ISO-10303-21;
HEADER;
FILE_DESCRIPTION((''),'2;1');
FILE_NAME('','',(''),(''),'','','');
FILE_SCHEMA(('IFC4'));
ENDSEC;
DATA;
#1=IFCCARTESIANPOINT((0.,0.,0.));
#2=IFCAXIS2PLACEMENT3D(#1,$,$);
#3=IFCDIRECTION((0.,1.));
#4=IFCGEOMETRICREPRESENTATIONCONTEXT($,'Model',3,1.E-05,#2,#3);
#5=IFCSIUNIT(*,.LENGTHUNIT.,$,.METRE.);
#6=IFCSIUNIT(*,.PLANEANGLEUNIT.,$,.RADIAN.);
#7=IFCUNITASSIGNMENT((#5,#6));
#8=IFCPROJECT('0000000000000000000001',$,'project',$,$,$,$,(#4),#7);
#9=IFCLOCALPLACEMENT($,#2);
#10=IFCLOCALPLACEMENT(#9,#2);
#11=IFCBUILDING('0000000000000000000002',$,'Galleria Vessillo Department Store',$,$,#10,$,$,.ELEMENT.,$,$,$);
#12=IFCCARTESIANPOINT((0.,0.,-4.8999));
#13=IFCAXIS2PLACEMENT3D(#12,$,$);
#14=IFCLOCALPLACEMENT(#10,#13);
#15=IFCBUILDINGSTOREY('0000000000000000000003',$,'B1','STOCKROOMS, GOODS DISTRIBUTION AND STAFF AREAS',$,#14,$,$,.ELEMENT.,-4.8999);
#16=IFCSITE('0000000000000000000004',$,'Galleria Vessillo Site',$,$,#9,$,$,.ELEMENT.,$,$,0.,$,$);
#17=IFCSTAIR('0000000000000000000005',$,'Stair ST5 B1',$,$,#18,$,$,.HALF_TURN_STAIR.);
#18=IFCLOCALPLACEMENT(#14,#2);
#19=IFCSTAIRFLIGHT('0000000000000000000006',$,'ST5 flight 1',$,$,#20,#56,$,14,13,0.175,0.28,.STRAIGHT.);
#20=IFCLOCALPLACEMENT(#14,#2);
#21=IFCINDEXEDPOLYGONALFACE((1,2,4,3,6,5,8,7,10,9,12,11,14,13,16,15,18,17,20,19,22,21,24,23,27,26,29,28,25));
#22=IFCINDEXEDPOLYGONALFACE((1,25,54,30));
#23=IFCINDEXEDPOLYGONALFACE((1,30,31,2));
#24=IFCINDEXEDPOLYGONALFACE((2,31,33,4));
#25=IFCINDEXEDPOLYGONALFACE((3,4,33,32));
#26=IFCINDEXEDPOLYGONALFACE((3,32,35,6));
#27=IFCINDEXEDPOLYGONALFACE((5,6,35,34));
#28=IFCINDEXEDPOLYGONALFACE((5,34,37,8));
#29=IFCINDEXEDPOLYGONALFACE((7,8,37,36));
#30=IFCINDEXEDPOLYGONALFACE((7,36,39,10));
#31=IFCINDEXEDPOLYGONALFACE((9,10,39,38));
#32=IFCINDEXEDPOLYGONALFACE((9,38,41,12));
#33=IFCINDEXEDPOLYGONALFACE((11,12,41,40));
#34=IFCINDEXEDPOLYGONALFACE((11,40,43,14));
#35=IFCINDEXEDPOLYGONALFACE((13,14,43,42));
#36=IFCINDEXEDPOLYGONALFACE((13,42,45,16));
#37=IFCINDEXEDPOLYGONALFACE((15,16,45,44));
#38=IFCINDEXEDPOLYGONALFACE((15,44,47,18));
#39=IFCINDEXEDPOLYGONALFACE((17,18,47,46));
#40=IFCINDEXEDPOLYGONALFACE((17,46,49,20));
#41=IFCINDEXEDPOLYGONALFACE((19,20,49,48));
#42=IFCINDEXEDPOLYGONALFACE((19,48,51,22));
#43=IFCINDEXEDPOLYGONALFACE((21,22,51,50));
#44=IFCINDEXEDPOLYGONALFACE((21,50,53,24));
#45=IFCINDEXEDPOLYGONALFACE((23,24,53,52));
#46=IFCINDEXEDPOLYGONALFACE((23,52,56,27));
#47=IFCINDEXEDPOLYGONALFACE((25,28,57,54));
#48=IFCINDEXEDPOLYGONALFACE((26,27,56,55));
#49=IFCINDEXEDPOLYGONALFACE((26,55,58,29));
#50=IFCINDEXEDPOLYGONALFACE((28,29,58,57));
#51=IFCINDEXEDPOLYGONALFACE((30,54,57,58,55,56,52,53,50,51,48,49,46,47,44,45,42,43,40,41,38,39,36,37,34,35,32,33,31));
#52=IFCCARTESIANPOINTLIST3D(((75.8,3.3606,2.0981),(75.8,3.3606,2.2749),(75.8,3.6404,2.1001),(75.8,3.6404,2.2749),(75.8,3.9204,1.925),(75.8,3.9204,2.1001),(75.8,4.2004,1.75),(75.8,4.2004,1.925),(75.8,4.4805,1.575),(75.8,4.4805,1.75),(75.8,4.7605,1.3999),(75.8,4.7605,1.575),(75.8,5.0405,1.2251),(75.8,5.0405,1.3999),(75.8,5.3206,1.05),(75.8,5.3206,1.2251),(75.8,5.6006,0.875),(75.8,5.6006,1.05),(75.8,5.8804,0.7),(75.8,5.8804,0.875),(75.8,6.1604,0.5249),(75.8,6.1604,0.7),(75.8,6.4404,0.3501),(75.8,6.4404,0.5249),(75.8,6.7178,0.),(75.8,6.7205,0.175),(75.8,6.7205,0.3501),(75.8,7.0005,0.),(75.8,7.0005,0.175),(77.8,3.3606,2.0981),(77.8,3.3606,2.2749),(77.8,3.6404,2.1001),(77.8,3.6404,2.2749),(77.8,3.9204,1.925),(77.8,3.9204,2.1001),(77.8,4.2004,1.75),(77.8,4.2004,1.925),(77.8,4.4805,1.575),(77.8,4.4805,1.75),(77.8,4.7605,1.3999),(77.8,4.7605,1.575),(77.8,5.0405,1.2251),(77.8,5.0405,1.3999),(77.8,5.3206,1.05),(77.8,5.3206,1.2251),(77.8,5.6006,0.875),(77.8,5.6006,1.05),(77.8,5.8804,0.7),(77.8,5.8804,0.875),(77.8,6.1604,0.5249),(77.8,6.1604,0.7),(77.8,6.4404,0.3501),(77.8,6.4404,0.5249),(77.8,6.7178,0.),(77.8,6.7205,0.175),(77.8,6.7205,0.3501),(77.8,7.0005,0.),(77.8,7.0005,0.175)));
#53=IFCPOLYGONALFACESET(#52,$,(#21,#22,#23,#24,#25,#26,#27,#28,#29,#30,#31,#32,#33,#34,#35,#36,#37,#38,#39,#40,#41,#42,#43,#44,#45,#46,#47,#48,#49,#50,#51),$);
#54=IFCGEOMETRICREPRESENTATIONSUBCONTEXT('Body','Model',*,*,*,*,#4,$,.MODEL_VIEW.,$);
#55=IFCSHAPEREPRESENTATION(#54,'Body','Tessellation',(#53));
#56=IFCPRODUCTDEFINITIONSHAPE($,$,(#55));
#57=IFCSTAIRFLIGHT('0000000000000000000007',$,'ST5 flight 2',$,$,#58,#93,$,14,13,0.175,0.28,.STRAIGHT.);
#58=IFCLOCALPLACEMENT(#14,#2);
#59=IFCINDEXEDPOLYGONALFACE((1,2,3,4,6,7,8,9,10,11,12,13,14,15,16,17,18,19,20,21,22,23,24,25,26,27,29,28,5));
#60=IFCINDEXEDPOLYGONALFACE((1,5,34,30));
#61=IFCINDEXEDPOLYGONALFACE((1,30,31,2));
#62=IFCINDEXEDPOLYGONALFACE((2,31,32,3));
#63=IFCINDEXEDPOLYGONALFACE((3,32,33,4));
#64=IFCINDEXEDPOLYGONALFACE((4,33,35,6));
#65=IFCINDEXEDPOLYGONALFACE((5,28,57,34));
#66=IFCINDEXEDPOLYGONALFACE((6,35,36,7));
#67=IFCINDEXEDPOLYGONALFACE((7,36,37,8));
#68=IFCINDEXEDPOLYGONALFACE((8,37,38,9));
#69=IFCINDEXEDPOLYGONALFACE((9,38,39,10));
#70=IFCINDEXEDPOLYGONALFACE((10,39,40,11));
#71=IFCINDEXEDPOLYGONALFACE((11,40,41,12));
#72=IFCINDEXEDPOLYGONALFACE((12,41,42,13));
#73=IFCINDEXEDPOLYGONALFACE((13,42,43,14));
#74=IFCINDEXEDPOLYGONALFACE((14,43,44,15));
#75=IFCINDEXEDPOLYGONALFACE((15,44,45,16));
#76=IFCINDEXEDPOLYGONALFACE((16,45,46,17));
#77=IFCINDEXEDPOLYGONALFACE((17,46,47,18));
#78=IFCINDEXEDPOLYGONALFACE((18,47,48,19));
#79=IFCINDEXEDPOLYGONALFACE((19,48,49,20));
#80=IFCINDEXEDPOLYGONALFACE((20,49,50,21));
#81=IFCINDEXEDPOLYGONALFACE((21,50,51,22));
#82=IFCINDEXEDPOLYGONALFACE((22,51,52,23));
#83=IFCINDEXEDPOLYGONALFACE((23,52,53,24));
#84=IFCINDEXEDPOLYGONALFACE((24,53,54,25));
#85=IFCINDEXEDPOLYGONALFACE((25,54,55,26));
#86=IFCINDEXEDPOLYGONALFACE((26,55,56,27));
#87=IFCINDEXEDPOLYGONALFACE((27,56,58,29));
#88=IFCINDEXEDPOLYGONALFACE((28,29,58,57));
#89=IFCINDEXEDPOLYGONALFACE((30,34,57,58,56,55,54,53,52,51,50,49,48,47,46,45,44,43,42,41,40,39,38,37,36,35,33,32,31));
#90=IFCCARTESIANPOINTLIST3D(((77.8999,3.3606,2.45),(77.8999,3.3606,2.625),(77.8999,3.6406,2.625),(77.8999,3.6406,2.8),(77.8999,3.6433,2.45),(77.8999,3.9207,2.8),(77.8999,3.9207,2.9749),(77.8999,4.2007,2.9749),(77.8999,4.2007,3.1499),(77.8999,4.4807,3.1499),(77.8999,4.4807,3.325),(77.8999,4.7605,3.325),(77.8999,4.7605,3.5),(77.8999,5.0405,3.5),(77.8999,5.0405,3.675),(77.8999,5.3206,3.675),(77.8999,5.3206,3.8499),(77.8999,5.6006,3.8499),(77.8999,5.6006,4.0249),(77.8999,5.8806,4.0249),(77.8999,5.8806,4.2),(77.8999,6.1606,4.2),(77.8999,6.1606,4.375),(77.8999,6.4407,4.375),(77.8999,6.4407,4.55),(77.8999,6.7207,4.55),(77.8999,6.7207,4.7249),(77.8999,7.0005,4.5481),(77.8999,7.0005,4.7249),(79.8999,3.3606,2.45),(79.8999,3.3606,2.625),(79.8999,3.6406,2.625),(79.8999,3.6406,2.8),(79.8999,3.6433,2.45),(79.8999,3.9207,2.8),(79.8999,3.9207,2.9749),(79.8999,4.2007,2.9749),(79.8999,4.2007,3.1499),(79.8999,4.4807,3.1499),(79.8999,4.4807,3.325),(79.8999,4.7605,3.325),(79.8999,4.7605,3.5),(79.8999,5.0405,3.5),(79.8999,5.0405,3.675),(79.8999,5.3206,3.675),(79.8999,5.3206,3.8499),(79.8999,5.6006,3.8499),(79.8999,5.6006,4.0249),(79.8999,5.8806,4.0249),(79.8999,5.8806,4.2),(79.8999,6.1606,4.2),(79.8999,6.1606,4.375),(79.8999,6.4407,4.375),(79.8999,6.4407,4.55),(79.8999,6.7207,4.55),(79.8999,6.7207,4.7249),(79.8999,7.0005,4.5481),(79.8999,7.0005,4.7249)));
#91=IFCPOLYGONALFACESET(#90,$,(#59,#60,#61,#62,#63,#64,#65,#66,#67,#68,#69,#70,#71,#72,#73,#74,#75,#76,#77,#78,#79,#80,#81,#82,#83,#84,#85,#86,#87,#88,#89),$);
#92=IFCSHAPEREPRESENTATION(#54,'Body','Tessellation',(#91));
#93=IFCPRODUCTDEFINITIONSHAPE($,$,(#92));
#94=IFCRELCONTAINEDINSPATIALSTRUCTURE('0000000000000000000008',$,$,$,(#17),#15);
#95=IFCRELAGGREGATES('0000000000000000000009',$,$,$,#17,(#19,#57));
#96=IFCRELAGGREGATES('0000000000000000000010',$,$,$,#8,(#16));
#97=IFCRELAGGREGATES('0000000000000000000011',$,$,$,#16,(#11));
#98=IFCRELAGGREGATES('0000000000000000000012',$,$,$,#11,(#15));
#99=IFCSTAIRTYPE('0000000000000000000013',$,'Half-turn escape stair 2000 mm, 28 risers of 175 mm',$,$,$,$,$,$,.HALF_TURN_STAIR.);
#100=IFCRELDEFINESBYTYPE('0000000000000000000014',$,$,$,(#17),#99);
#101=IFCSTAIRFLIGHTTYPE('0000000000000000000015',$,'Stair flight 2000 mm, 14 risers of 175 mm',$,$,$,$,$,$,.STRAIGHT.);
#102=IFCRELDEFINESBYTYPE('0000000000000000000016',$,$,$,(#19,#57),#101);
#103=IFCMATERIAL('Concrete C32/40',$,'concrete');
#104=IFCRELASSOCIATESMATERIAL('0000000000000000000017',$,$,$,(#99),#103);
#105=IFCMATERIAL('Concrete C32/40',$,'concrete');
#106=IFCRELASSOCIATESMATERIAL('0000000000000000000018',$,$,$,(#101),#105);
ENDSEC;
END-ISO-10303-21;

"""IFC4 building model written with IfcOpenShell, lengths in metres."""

from ifc_helpers import new_model, si_unit, direction, frame, origin, place, context, subcontext, project, spatial, polyline, outline, extrude, material, type_object, element, aggregate, save


model = new_model("IFC4")

# Units and contexts
model_context = context("Model", 3, precision=1e-05, world=origin(), true_north=direction((0.0, 1.0)))
body_context = subcontext(model_context, "Body", "Model", "MODEL_VIEW")
ifc_project = project(units=[si_unit("LENGTHUNIT", "METRE"), si_unit("PLANEANGLEUNIT", "RADIAN")], contexts=[model_context])

# Site, building, storey
site_placement = place(None, origin())
site = spatial("IfcSite", under=ifc_project, at=site_placement, Name="Galleria Vessillo Site", CompositionType="ELEMENT", RefElevation=0.0)
building_placement = place(site_placement, origin())
building = spatial("IfcBuilding", under=site, at=building_placement, Name="Galleria Vessillo Department Store", CompositionType="ELEMENT")
storey_placement = place(building_placement, frame((0.0, 0.0, -4.8999)))
storey = spatial("IfcBuildingStorey", under=building, at=storey_placement, Name="B1", Description="STOCKROOMS, GOODS DISTRIBUTION AND STAFF AREAS", CompositionType="ELEMENT", Elevation=-4.8999)

# Stair, stair flights
ifc_material_1 = material(Name="Concrete C32/40", Category="concrete")
stair_type = type_object("IfcStairType", Name="Half-turn escape stair 2000 mm, 28 risers of 175 mm", PredefinedType="HALF_TURN_STAIR", material=ifc_material_1)
stair_placement = place(storey_placement, origin())
stair = element("IfcStair", 1, at=stair_placement, inside=storey, type_object=stair_type, Name="Stair ST5 B1", PredefinedType="HALF_TURN_STAIR")
ifc_material_2 = material(Name="Concrete C32/40", Category="concrete")
stair_flight_type = type_object("IfcStairFlightType", Name="Stair flight 2000 mm, 14 risers of 175 mm", PredefinedType="STRAIGHT", material=ifc_material_2)
stair_flight_1_placement = place(storey_placement, frame((76.8, 7.0005, 0.0), z_axis=(0.0, 0.0, 1.0), x_axis=(0.0, -1.0, 0.0)))
stair_flight_1 = element("IfcStairFlight", 2, at=stair_flight_1_placement, type_object=stair_flight_type, Name="ST5 flight 1", NumberOfRisers=14, NumberOfTreads=13, PredefinedType="STRAIGHT", RiserHeight=0.175, TreadLength=0.28, context=body_context, shape_type="SweptSolid", body=[
    extrude(outline(polyline([(0.0, 0.0), (0.0, 0.175), (0.28, 0.175), (0.28, 0.3501), (0.5601, 0.3501), (0.5601, 0.5249), (0.8401, 0.5249), (0.8401, 0.7), (1.1201, 0.7), (1.1201, 0.875), (1.3999, 0.875), (1.3999, 1.05), (1.6799, 1.05), (1.6799, 1.2251), (1.96, 1.2251), (1.96, 1.3999), (2.24, 1.3999), (2.24, 1.575), (2.52, 1.575), (2.52, 1.75), (2.8, 1.75), (2.8, 1.925), (3.0801, 1.925), (3.0801, 2.1001), (3.3601, 2.1001), (3.3601, 2.2749), (3.6399, 2.2749), (3.6399, 2.45), (3.6399, 2.0981), (0.2827, 0.0), (0.0, 0.0)])), frame((0.0, 1.0, 0.0), z_axis=(0.0, -1.0, 0.0), x_axis=(1.0, 0.0, 0.0)), (0.0, 0.0, 1.0), 2.0),
])
stair_flight_2_placement = place(storey_placement, frame((78.8999, 3.3606, 2.45), z_axis=(0.0, 0.0, 1.0), x_axis=(0.0, 1.0, 0.0)))
stair_flight_2 = element("IfcStairFlight", 3, at=stair_flight_2_placement, type_object=stair_flight_type, Name="ST5 flight 2", NumberOfRisers=14, NumberOfTreads=13, PredefinedType="STRAIGHT", RiserHeight=0.175, TreadLength=0.28, context=body_context, shape_type="SweptSolid", body=[
    extrude(outline(polyline([(0.0, 0.0), (0.0, 0.175), (0.28, 0.175), (0.28, 0.3501), (0.5601, 0.3501), (0.5601, 0.5249), (0.8401, 0.5249), (0.8401, 0.7), (1.1201, 0.7), (1.1201, 0.875), (1.3999, 0.875), (1.3999, 1.05), (1.6799, 1.05), (1.6799, 1.2251), (1.96, 1.2251), (1.96, 1.3999), (2.24, 1.3999), (2.24, 1.575), (2.52, 1.575), (2.52, 1.75), (2.8, 1.75), (2.8, 1.925), (3.0801, 1.925), (3.0801, 2.1001), (3.3601, 2.1001), (3.3601, 2.2749), (3.6399, 2.2749), (3.6399, 2.45), (3.6399, 2.0981), (0.2827, 0.0), (0.0, 0.0)])), frame((0.0, 1.0, 0.0), z_axis=(0.0, -1.0, 0.0), x_axis=(1.0, 0.0, 0.0)), (0.0, 0.0, 1.0), 2.0),
])
aggregate(stair, [stair_flight_1, stair_flight_2])

save(model, "model.ifc")
